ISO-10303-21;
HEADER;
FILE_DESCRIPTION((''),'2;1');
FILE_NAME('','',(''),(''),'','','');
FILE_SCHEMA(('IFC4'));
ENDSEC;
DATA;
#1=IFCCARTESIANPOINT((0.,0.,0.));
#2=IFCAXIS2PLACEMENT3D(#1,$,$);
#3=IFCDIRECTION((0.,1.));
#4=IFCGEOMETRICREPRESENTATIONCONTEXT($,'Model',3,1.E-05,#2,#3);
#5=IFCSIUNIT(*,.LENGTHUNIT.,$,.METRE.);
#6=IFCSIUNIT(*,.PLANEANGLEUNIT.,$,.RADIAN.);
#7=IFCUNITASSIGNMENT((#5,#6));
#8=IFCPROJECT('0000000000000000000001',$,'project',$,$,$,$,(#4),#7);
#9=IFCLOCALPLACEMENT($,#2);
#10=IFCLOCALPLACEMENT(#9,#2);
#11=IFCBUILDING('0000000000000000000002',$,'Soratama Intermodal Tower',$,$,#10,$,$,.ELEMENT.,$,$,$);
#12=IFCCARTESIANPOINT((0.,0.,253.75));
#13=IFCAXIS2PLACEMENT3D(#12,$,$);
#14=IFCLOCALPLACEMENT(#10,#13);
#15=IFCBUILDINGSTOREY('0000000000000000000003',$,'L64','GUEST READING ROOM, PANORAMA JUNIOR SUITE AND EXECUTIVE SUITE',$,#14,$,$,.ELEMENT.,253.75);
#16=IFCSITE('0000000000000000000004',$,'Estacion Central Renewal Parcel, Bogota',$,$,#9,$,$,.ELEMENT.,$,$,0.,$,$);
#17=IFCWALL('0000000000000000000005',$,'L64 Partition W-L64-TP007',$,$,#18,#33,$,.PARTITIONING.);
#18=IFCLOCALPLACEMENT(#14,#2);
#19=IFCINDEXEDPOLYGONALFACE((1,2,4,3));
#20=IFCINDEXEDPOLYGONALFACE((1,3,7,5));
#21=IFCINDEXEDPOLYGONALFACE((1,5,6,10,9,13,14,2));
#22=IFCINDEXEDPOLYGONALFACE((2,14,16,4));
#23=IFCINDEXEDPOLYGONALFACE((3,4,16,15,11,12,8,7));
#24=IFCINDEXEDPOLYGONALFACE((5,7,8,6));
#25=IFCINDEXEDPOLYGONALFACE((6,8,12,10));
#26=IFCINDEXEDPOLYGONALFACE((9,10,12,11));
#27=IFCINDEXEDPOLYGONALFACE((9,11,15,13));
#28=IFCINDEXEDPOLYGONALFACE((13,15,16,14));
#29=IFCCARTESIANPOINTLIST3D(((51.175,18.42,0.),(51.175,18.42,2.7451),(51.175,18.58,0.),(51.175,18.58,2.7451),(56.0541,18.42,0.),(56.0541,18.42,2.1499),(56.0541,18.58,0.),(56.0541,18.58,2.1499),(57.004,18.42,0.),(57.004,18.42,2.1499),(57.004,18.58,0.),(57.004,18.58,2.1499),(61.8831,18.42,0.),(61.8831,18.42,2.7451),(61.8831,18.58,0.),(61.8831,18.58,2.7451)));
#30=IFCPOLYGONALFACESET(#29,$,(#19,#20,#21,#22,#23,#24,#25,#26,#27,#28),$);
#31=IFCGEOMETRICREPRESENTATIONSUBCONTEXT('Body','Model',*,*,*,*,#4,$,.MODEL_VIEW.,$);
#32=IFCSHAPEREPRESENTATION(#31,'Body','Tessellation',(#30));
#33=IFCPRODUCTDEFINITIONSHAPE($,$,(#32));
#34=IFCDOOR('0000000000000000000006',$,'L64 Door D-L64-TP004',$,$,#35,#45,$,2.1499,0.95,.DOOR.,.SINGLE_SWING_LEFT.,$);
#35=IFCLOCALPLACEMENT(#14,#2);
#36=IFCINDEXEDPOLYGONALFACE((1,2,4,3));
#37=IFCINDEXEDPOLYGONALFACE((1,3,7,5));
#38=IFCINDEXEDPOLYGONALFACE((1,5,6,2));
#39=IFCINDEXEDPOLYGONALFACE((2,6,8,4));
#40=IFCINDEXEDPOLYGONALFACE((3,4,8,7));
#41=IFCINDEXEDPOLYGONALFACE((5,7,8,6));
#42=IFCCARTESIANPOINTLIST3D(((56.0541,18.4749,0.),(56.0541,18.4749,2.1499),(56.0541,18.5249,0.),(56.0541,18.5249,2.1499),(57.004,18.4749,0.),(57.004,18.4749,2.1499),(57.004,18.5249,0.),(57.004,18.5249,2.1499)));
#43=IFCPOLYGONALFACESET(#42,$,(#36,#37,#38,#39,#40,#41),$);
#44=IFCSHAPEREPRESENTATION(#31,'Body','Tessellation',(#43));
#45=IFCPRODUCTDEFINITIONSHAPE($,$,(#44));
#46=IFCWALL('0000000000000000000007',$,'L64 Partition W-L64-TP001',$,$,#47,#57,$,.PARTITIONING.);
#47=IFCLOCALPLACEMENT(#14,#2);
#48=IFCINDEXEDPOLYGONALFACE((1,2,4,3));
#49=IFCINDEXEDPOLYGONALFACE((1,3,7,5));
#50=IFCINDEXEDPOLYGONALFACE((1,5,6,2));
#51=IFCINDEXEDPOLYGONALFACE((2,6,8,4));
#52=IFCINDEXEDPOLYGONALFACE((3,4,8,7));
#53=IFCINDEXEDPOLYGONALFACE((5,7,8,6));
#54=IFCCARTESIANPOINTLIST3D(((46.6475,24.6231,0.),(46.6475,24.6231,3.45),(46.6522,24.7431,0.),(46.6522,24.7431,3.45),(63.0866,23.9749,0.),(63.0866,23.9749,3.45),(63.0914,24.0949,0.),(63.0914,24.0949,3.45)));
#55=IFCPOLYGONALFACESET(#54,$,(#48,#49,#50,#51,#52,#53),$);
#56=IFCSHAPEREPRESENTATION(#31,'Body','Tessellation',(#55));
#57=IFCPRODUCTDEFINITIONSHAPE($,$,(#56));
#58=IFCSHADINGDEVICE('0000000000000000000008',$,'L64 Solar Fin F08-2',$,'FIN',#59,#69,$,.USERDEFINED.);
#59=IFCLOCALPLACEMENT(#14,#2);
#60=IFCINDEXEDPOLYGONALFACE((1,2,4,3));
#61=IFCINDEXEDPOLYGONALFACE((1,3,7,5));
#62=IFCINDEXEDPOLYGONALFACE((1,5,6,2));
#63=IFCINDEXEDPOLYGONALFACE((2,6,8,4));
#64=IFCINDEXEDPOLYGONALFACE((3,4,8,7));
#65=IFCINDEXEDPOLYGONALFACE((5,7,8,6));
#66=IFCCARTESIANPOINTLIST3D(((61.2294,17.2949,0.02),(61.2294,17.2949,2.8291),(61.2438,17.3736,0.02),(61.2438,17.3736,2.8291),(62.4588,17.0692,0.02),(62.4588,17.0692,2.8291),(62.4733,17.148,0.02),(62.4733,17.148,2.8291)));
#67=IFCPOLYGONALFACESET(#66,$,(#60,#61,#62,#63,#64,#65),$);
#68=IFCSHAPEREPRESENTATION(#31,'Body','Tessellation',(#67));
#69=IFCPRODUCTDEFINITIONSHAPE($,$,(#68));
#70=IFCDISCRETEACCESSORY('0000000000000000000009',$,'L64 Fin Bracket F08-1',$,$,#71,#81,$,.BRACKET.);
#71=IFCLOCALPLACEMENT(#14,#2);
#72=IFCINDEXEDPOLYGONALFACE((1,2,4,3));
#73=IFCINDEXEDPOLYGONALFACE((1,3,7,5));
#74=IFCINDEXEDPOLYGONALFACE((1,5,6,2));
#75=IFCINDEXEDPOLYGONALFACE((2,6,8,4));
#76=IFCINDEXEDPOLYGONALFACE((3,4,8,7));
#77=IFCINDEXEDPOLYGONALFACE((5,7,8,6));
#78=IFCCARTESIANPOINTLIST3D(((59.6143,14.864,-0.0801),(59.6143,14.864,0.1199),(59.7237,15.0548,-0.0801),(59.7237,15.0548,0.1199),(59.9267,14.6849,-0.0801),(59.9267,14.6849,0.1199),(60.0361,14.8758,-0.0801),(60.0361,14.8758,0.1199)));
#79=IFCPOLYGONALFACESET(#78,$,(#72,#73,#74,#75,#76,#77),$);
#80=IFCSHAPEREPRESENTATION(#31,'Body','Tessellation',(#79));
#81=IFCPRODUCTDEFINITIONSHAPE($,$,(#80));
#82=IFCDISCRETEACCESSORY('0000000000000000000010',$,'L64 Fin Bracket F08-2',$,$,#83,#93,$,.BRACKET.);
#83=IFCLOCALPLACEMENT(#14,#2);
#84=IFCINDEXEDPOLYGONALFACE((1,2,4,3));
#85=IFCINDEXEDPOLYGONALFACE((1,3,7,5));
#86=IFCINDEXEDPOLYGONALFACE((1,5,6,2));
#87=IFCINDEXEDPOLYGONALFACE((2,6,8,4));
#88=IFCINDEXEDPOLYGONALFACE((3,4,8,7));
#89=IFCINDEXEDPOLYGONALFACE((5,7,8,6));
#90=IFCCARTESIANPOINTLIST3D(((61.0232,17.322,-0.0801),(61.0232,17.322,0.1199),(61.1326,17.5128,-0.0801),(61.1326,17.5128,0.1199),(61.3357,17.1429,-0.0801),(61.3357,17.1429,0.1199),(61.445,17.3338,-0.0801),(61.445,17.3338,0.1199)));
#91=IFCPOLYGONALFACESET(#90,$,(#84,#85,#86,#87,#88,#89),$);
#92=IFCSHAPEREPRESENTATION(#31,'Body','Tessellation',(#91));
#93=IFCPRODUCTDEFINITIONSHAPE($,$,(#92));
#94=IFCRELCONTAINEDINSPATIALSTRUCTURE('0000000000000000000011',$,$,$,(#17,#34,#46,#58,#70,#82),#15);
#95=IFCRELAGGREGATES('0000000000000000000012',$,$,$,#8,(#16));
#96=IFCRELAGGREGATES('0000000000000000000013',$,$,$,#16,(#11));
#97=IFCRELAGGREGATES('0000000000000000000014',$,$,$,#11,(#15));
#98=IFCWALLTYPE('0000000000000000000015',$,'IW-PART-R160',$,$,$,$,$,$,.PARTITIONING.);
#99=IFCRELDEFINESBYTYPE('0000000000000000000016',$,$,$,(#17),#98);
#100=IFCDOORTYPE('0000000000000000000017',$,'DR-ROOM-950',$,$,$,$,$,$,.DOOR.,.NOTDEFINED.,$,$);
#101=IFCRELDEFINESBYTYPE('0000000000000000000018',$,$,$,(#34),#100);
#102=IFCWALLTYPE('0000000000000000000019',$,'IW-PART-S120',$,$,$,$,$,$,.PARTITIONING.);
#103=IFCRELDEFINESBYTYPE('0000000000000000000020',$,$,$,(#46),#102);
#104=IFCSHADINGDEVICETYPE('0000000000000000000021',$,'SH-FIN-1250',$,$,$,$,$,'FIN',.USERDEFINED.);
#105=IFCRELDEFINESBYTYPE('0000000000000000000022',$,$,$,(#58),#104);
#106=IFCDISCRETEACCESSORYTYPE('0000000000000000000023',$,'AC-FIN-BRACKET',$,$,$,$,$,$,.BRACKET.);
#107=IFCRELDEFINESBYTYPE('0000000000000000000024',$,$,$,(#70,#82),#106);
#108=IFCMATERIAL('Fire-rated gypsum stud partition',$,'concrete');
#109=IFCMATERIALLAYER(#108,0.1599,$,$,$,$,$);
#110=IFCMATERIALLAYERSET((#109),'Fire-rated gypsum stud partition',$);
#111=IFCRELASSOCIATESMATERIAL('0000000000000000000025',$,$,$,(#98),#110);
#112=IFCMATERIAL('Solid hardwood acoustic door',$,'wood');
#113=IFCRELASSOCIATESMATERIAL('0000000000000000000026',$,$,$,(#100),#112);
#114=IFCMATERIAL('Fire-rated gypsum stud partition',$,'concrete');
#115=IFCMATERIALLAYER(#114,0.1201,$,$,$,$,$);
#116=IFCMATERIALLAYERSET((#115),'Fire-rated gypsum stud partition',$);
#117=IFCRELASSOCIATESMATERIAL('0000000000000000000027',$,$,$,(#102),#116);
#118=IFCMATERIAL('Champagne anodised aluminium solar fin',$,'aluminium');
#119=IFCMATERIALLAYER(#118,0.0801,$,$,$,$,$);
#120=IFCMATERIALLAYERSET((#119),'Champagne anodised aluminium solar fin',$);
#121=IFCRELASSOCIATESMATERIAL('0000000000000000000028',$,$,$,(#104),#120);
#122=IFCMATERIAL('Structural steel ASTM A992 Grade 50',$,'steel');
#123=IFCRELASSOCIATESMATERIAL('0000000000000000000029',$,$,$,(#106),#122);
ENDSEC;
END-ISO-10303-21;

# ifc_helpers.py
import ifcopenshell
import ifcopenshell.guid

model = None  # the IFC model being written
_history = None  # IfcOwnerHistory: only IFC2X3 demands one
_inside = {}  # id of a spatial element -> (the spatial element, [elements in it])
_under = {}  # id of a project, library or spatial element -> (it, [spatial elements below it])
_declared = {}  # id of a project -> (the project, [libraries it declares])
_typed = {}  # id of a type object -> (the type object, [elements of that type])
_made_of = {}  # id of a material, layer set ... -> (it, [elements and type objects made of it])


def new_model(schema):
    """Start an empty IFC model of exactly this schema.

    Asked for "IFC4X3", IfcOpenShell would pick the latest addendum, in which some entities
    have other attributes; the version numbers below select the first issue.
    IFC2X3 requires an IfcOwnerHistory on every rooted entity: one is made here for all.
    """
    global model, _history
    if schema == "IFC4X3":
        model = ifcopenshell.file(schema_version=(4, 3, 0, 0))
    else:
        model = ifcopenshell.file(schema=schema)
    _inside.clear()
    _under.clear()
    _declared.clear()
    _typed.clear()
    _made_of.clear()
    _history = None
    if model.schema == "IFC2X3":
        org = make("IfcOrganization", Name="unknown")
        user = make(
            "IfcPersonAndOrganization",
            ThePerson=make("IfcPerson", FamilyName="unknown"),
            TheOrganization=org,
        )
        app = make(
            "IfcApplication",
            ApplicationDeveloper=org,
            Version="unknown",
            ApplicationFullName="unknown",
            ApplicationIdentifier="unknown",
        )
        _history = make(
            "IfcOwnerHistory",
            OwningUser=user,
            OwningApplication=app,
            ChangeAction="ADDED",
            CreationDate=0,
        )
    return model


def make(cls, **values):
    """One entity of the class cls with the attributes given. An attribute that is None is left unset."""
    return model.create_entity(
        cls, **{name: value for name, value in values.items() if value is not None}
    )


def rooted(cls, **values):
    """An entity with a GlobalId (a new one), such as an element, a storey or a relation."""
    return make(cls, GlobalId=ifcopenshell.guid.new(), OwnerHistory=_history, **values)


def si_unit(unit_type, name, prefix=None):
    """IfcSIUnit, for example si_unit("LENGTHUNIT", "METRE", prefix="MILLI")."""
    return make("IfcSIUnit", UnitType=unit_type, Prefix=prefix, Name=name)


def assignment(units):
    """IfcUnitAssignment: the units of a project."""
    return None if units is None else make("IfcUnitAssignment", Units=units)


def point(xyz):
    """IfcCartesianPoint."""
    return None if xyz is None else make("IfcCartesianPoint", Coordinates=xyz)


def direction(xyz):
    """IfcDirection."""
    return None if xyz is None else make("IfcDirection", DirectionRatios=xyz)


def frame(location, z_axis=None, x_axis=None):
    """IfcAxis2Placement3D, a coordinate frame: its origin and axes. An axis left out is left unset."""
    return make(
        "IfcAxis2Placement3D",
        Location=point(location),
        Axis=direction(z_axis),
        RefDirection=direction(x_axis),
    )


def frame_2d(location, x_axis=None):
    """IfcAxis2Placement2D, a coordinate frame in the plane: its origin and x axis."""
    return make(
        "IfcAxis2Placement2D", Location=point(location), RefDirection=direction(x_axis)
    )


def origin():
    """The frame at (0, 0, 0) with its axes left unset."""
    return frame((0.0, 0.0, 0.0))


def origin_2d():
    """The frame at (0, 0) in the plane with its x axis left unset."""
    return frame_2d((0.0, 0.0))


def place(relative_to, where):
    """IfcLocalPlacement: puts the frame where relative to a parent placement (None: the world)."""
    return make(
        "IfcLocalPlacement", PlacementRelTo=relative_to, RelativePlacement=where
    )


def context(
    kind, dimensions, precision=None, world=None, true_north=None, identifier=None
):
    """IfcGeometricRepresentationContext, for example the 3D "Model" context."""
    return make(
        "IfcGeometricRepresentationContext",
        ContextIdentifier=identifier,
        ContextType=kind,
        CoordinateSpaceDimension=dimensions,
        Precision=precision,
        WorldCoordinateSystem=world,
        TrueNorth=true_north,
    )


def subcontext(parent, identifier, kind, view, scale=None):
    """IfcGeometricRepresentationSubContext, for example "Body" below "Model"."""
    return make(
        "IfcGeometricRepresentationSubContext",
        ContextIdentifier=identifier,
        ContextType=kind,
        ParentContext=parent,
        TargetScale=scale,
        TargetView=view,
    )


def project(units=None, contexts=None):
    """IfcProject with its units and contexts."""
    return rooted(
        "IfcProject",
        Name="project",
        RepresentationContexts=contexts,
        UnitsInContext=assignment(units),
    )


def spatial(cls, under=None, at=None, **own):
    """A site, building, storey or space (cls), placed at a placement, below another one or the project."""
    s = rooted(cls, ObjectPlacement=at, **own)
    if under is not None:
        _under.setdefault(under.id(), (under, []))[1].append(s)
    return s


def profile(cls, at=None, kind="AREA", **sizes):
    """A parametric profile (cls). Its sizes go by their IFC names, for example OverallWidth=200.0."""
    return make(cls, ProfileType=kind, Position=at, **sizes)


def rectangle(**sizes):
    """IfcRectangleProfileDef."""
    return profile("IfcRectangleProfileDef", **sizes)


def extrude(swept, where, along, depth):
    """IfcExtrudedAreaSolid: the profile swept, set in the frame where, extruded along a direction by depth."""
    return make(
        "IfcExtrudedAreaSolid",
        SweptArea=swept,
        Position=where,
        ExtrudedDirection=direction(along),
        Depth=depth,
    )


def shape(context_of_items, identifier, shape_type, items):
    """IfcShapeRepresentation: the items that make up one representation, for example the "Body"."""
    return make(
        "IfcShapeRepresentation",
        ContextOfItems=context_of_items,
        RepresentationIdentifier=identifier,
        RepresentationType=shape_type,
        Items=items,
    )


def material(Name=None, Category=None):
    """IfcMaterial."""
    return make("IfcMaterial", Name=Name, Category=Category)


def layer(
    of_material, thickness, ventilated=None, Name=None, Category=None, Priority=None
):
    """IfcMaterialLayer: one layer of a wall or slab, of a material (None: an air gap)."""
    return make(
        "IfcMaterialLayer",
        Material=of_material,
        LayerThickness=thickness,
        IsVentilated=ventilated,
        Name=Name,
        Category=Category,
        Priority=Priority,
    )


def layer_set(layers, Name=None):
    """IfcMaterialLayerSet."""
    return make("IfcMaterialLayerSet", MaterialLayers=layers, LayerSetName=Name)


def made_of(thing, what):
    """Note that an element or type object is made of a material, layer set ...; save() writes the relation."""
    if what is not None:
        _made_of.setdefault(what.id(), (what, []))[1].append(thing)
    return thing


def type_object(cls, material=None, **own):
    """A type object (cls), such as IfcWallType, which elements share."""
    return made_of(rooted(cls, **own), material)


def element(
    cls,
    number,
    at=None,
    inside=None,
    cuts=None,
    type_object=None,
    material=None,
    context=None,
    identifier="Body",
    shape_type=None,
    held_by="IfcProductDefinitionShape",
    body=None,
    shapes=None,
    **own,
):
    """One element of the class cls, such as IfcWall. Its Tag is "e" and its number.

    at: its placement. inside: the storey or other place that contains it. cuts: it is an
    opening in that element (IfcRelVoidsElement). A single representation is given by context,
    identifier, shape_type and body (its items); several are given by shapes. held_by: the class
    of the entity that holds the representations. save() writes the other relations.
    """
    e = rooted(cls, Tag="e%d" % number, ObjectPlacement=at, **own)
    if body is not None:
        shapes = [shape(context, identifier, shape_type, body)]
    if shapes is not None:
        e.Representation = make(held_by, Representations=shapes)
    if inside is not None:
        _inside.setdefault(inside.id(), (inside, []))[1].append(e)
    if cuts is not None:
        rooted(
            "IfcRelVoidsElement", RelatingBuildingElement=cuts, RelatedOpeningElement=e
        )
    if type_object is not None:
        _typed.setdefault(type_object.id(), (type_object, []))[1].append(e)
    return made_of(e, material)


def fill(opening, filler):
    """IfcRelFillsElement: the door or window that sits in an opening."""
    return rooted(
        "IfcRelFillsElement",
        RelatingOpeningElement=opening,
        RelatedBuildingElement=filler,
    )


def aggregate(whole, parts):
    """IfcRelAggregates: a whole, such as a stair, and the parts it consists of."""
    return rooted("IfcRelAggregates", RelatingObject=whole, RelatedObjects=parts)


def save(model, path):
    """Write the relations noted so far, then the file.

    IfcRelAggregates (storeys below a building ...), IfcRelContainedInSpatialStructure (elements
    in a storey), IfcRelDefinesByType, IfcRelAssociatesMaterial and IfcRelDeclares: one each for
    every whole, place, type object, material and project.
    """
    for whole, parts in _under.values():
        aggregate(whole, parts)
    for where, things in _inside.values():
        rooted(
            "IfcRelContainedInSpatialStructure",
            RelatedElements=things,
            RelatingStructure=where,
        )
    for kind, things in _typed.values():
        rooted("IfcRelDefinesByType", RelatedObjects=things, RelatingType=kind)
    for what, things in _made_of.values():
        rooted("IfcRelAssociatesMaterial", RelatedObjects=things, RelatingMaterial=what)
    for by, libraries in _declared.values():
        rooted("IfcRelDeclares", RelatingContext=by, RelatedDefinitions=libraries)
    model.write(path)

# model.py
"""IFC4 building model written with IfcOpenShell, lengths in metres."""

from ifc_helpers import new_model, si_unit, direction, frame, frame_2d, origin, origin_2d, place, context, subcontext, project, spatial, rectangle, extrude, material, layer, layer_set, type_object, element, fill, save


model = new_model("IFC4")

# Units and contexts
model_context = context("Model", 3, precision=1e-05, world=origin(), true_north=direction((0.0, 1.0)))
body_context = subcontext(model_context, "Body", "Model", "MODEL_VIEW")
ifc_project = project(units=[si_unit("LENGTHUNIT", "METRE"), si_unit("PLANEANGLEUNIT", "RADIAN")], contexts=[model_context])

# Site, building, storey
site_placement = place(None, origin())
site = spatial("IfcSite", under=ifc_project, at=site_placement, Name="Estacion Central Renewal Parcel, Bogota", CompositionType="ELEMENT", RefElevation=0.0)
building_placement = place(site_placement, origin())
building = spatial("IfcBuilding", under=site, at=building_placement, Name="Soratama Intermodal Tower", CompositionType="ELEMENT")
storey_placement = place(building_placement, frame((0.0, 0.0, 253.75)))
storey = spatial("IfcBuildingStorey", under=building, at=storey_placement, Name="L64", Description="GUEST READING ROOM, PANORAMA JUNIOR SUITE AND EXECUTIVE SUITE", CompositionType="ELEMENT", Elevation=253.75)

# Wall, opening, door
ifc_material_1 = material(Name="Fire-rated gypsum stud partition", Category="concrete")
ifc_layer_1 = layer(ifc_material_1, 0.1599)
ifc_layer_set_1 = layer_set([ifc_layer_1], Name="Fire-rated gypsum stud partition")
wall_type_1 = type_object("IfcWallType", Name="IW-PART-R160", PredefinedType="PARTITIONING", material=ifc_layer_set_1)
ifc_material_2 = material(Name="Solid hardwood acoustic door", Category="wood")
door_type = type_object("IfcDoorType", Name="DR-ROOM-950", OperationType="NOTDEFINED", PredefinedType="DOOR", material=ifc_material_2)
wall_1_placement = place(storey_placement, frame((51.175, 18.5, 0.0), z_axis=(0.0, 0.0, 1.0), x_axis=(1.0, 0.0, 0.0)))
wall_1 = element("IfcWall", 1, at=wall_1_placement, inside=storey, type_object=wall_type_1, Name="L64 Partition W-L64-TP007", PredefinedType="PARTITIONING", context=body_context, shape_type="SweptSolid", body=[
    extrude(rectangle(XDim=10.708, YDim=0.1599, at=frame_2d((5.354, 0.0))), origin(), (0.0, 0.0, 1.0), 2.7451),
])
opening_1_placement = place(wall_1_placement, frame((4.8789, 0.0, 0.0)))
opening_1 = element("IfcOpeningElement", 2, at=opening_1_placement, cuts=wall_1, PredefinedType="OPENING", context=body_context, shape_type="SweptSolid", body=[
    extrude(rectangle(XDim=0.95, YDim=2.1499, at=frame_2d((0.4751, 1.075))), frame((0.0, 0.0898, 0.0), z_axis=(0.0, -1.0, 0.0), x_axis=(1.0, 0.0, 0.0)), (0.0, 0.0, 1.0), 0.1799),
])
door_1_placement = place(opening_1_placement, origin())
door_1 = element("IfcDoor", 3, at=door_1_placement, inside=storey, type_object=door_type, Name="L64 Door D-L64-TP004", OperationType="SINGLE_SWING_LEFT", OverallHeight=2.1499, OverallWidth=0.95, PredefinedType="DOOR", context=body_context, shape_type="SweptSolid", body=[
    extrude(rectangle(XDim=0.95, YDim=2.1499, at=frame_2d((0.4751, 1.075))), frame((0.0, 0.0249, 0.0), z_axis=(0.0, -1.0, 0.0), x_axis=(1.0, 0.0, 0.0)), (0.0, 0.0, 1.0), 0.05),
])
fill(opening_1, door_1)

# Wall
ifc_material_3 = material(Name="Fire-rated gypsum stud partition", Category="concrete")
ifc_layer_2 = layer(ifc_material_3, 0.1201)
ifc_layer_set_2 = layer_set([ifc_layer_2], Name="Fire-rated gypsum stud partition")
wall_type_2 = type_object("IfcWallType", Name="IW-PART-S120", PredefinedType="PARTITIONING", material=ifc_layer_set_2)
wall_2_placement = place(storey_placement, frame((63.0891, 24.0349, 0.0), z_axis=(0.0, 0.0, 1.0), x_axis=(-0.999224, 0.039399, 0.0)))
element("IfcWall", 4, at=wall_2_placement, inside=storey, type_object=wall_type_2, Name="L64 Partition W-L64-TP001", PredefinedType="PARTITIONING", context=body_context, shape_type="SweptSolid", body=[
    extrude(rectangle(XDim=16.4519, YDim=0.1201, at=frame_2d((8.2261, 0.0))), origin(), (0.0, 0.0, 1.0), 3.45),
])

# Shading device
ifc_material_4 = material(Name="Champagne anodised aluminium solar fin", Category="aluminium")
ifc_layer_3 = layer(ifc_material_4, 0.0801)
ifc_layer_set_3 = layer_set([ifc_layer_3], Name="Champagne anodised aluminium solar fin")
shading_device_type = type_object("IfcShadingDeviceType", Name="SH-FIN-1250", ElementType="FIN", PredefinedType="USERDEFINED", material=ifc_layer_set_3)
shading_device_placement = place(storey_placement, frame((61.8513, 17.2214, 0.02), z_axis=(0.0, 0.0, 1.0), x_axis=(0.983571, -0.180519, 0.0)))
element("IfcShadingDevice", 5, at=shading_device_placement, inside=storey, type_object=shading_device_type, Name="L64 Solar Fin F08-2", ObjectType="FIN", PredefinedType="USERDEFINED", context=body_context, shape_type="SweptSolid", body=[
    extrude(rectangle(XDim=1.25, YDim=0.0801, at=origin_2d()), origin(), (0.0, 0.0, 1.0), 2.8091),
])

# Discrete accessories
ifc_material_5 = material(Name="Structural steel ASTM A992 Grade 50", Category="steel")
discrete_accessory_type = type_object("IfcDiscreteAccessoryType", Name="AC-FIN-BRACKET", PredefinedType="BRACKET", material=ifc_material_5)
for number, where, z_axis, x_axis, name in (
    (6, (59.8252, 14.8699, -0.0801), (0.0, 0.0, 1.0), (0.867592, -0.497277, 0.0), "L64 Fin Bracket F08-1"),
    (7, (61.2341, 17.3279, -0.0801), (0.0, 0.0, 1.0), (0.867592, -0.497277, 0.0), "L64 Fin Bracket F08-2"),
):
    element("IfcDiscreteAccessory", number, at=place(storey_placement, frame(where, z_axis=z_axis, x_axis=x_axis)), inside=storey, type_object=discrete_accessory_type, Name=name, PredefinedType="BRACKET", context=body_context, shape_type="SweptSolid", body=[
        extrude(rectangle(XDim=0.3601, YDim=0.22, at=origin_2d()), origin(), (0.0, 0.0, 1.0), 0.2),
    ])

save(model, "model.ifc")
